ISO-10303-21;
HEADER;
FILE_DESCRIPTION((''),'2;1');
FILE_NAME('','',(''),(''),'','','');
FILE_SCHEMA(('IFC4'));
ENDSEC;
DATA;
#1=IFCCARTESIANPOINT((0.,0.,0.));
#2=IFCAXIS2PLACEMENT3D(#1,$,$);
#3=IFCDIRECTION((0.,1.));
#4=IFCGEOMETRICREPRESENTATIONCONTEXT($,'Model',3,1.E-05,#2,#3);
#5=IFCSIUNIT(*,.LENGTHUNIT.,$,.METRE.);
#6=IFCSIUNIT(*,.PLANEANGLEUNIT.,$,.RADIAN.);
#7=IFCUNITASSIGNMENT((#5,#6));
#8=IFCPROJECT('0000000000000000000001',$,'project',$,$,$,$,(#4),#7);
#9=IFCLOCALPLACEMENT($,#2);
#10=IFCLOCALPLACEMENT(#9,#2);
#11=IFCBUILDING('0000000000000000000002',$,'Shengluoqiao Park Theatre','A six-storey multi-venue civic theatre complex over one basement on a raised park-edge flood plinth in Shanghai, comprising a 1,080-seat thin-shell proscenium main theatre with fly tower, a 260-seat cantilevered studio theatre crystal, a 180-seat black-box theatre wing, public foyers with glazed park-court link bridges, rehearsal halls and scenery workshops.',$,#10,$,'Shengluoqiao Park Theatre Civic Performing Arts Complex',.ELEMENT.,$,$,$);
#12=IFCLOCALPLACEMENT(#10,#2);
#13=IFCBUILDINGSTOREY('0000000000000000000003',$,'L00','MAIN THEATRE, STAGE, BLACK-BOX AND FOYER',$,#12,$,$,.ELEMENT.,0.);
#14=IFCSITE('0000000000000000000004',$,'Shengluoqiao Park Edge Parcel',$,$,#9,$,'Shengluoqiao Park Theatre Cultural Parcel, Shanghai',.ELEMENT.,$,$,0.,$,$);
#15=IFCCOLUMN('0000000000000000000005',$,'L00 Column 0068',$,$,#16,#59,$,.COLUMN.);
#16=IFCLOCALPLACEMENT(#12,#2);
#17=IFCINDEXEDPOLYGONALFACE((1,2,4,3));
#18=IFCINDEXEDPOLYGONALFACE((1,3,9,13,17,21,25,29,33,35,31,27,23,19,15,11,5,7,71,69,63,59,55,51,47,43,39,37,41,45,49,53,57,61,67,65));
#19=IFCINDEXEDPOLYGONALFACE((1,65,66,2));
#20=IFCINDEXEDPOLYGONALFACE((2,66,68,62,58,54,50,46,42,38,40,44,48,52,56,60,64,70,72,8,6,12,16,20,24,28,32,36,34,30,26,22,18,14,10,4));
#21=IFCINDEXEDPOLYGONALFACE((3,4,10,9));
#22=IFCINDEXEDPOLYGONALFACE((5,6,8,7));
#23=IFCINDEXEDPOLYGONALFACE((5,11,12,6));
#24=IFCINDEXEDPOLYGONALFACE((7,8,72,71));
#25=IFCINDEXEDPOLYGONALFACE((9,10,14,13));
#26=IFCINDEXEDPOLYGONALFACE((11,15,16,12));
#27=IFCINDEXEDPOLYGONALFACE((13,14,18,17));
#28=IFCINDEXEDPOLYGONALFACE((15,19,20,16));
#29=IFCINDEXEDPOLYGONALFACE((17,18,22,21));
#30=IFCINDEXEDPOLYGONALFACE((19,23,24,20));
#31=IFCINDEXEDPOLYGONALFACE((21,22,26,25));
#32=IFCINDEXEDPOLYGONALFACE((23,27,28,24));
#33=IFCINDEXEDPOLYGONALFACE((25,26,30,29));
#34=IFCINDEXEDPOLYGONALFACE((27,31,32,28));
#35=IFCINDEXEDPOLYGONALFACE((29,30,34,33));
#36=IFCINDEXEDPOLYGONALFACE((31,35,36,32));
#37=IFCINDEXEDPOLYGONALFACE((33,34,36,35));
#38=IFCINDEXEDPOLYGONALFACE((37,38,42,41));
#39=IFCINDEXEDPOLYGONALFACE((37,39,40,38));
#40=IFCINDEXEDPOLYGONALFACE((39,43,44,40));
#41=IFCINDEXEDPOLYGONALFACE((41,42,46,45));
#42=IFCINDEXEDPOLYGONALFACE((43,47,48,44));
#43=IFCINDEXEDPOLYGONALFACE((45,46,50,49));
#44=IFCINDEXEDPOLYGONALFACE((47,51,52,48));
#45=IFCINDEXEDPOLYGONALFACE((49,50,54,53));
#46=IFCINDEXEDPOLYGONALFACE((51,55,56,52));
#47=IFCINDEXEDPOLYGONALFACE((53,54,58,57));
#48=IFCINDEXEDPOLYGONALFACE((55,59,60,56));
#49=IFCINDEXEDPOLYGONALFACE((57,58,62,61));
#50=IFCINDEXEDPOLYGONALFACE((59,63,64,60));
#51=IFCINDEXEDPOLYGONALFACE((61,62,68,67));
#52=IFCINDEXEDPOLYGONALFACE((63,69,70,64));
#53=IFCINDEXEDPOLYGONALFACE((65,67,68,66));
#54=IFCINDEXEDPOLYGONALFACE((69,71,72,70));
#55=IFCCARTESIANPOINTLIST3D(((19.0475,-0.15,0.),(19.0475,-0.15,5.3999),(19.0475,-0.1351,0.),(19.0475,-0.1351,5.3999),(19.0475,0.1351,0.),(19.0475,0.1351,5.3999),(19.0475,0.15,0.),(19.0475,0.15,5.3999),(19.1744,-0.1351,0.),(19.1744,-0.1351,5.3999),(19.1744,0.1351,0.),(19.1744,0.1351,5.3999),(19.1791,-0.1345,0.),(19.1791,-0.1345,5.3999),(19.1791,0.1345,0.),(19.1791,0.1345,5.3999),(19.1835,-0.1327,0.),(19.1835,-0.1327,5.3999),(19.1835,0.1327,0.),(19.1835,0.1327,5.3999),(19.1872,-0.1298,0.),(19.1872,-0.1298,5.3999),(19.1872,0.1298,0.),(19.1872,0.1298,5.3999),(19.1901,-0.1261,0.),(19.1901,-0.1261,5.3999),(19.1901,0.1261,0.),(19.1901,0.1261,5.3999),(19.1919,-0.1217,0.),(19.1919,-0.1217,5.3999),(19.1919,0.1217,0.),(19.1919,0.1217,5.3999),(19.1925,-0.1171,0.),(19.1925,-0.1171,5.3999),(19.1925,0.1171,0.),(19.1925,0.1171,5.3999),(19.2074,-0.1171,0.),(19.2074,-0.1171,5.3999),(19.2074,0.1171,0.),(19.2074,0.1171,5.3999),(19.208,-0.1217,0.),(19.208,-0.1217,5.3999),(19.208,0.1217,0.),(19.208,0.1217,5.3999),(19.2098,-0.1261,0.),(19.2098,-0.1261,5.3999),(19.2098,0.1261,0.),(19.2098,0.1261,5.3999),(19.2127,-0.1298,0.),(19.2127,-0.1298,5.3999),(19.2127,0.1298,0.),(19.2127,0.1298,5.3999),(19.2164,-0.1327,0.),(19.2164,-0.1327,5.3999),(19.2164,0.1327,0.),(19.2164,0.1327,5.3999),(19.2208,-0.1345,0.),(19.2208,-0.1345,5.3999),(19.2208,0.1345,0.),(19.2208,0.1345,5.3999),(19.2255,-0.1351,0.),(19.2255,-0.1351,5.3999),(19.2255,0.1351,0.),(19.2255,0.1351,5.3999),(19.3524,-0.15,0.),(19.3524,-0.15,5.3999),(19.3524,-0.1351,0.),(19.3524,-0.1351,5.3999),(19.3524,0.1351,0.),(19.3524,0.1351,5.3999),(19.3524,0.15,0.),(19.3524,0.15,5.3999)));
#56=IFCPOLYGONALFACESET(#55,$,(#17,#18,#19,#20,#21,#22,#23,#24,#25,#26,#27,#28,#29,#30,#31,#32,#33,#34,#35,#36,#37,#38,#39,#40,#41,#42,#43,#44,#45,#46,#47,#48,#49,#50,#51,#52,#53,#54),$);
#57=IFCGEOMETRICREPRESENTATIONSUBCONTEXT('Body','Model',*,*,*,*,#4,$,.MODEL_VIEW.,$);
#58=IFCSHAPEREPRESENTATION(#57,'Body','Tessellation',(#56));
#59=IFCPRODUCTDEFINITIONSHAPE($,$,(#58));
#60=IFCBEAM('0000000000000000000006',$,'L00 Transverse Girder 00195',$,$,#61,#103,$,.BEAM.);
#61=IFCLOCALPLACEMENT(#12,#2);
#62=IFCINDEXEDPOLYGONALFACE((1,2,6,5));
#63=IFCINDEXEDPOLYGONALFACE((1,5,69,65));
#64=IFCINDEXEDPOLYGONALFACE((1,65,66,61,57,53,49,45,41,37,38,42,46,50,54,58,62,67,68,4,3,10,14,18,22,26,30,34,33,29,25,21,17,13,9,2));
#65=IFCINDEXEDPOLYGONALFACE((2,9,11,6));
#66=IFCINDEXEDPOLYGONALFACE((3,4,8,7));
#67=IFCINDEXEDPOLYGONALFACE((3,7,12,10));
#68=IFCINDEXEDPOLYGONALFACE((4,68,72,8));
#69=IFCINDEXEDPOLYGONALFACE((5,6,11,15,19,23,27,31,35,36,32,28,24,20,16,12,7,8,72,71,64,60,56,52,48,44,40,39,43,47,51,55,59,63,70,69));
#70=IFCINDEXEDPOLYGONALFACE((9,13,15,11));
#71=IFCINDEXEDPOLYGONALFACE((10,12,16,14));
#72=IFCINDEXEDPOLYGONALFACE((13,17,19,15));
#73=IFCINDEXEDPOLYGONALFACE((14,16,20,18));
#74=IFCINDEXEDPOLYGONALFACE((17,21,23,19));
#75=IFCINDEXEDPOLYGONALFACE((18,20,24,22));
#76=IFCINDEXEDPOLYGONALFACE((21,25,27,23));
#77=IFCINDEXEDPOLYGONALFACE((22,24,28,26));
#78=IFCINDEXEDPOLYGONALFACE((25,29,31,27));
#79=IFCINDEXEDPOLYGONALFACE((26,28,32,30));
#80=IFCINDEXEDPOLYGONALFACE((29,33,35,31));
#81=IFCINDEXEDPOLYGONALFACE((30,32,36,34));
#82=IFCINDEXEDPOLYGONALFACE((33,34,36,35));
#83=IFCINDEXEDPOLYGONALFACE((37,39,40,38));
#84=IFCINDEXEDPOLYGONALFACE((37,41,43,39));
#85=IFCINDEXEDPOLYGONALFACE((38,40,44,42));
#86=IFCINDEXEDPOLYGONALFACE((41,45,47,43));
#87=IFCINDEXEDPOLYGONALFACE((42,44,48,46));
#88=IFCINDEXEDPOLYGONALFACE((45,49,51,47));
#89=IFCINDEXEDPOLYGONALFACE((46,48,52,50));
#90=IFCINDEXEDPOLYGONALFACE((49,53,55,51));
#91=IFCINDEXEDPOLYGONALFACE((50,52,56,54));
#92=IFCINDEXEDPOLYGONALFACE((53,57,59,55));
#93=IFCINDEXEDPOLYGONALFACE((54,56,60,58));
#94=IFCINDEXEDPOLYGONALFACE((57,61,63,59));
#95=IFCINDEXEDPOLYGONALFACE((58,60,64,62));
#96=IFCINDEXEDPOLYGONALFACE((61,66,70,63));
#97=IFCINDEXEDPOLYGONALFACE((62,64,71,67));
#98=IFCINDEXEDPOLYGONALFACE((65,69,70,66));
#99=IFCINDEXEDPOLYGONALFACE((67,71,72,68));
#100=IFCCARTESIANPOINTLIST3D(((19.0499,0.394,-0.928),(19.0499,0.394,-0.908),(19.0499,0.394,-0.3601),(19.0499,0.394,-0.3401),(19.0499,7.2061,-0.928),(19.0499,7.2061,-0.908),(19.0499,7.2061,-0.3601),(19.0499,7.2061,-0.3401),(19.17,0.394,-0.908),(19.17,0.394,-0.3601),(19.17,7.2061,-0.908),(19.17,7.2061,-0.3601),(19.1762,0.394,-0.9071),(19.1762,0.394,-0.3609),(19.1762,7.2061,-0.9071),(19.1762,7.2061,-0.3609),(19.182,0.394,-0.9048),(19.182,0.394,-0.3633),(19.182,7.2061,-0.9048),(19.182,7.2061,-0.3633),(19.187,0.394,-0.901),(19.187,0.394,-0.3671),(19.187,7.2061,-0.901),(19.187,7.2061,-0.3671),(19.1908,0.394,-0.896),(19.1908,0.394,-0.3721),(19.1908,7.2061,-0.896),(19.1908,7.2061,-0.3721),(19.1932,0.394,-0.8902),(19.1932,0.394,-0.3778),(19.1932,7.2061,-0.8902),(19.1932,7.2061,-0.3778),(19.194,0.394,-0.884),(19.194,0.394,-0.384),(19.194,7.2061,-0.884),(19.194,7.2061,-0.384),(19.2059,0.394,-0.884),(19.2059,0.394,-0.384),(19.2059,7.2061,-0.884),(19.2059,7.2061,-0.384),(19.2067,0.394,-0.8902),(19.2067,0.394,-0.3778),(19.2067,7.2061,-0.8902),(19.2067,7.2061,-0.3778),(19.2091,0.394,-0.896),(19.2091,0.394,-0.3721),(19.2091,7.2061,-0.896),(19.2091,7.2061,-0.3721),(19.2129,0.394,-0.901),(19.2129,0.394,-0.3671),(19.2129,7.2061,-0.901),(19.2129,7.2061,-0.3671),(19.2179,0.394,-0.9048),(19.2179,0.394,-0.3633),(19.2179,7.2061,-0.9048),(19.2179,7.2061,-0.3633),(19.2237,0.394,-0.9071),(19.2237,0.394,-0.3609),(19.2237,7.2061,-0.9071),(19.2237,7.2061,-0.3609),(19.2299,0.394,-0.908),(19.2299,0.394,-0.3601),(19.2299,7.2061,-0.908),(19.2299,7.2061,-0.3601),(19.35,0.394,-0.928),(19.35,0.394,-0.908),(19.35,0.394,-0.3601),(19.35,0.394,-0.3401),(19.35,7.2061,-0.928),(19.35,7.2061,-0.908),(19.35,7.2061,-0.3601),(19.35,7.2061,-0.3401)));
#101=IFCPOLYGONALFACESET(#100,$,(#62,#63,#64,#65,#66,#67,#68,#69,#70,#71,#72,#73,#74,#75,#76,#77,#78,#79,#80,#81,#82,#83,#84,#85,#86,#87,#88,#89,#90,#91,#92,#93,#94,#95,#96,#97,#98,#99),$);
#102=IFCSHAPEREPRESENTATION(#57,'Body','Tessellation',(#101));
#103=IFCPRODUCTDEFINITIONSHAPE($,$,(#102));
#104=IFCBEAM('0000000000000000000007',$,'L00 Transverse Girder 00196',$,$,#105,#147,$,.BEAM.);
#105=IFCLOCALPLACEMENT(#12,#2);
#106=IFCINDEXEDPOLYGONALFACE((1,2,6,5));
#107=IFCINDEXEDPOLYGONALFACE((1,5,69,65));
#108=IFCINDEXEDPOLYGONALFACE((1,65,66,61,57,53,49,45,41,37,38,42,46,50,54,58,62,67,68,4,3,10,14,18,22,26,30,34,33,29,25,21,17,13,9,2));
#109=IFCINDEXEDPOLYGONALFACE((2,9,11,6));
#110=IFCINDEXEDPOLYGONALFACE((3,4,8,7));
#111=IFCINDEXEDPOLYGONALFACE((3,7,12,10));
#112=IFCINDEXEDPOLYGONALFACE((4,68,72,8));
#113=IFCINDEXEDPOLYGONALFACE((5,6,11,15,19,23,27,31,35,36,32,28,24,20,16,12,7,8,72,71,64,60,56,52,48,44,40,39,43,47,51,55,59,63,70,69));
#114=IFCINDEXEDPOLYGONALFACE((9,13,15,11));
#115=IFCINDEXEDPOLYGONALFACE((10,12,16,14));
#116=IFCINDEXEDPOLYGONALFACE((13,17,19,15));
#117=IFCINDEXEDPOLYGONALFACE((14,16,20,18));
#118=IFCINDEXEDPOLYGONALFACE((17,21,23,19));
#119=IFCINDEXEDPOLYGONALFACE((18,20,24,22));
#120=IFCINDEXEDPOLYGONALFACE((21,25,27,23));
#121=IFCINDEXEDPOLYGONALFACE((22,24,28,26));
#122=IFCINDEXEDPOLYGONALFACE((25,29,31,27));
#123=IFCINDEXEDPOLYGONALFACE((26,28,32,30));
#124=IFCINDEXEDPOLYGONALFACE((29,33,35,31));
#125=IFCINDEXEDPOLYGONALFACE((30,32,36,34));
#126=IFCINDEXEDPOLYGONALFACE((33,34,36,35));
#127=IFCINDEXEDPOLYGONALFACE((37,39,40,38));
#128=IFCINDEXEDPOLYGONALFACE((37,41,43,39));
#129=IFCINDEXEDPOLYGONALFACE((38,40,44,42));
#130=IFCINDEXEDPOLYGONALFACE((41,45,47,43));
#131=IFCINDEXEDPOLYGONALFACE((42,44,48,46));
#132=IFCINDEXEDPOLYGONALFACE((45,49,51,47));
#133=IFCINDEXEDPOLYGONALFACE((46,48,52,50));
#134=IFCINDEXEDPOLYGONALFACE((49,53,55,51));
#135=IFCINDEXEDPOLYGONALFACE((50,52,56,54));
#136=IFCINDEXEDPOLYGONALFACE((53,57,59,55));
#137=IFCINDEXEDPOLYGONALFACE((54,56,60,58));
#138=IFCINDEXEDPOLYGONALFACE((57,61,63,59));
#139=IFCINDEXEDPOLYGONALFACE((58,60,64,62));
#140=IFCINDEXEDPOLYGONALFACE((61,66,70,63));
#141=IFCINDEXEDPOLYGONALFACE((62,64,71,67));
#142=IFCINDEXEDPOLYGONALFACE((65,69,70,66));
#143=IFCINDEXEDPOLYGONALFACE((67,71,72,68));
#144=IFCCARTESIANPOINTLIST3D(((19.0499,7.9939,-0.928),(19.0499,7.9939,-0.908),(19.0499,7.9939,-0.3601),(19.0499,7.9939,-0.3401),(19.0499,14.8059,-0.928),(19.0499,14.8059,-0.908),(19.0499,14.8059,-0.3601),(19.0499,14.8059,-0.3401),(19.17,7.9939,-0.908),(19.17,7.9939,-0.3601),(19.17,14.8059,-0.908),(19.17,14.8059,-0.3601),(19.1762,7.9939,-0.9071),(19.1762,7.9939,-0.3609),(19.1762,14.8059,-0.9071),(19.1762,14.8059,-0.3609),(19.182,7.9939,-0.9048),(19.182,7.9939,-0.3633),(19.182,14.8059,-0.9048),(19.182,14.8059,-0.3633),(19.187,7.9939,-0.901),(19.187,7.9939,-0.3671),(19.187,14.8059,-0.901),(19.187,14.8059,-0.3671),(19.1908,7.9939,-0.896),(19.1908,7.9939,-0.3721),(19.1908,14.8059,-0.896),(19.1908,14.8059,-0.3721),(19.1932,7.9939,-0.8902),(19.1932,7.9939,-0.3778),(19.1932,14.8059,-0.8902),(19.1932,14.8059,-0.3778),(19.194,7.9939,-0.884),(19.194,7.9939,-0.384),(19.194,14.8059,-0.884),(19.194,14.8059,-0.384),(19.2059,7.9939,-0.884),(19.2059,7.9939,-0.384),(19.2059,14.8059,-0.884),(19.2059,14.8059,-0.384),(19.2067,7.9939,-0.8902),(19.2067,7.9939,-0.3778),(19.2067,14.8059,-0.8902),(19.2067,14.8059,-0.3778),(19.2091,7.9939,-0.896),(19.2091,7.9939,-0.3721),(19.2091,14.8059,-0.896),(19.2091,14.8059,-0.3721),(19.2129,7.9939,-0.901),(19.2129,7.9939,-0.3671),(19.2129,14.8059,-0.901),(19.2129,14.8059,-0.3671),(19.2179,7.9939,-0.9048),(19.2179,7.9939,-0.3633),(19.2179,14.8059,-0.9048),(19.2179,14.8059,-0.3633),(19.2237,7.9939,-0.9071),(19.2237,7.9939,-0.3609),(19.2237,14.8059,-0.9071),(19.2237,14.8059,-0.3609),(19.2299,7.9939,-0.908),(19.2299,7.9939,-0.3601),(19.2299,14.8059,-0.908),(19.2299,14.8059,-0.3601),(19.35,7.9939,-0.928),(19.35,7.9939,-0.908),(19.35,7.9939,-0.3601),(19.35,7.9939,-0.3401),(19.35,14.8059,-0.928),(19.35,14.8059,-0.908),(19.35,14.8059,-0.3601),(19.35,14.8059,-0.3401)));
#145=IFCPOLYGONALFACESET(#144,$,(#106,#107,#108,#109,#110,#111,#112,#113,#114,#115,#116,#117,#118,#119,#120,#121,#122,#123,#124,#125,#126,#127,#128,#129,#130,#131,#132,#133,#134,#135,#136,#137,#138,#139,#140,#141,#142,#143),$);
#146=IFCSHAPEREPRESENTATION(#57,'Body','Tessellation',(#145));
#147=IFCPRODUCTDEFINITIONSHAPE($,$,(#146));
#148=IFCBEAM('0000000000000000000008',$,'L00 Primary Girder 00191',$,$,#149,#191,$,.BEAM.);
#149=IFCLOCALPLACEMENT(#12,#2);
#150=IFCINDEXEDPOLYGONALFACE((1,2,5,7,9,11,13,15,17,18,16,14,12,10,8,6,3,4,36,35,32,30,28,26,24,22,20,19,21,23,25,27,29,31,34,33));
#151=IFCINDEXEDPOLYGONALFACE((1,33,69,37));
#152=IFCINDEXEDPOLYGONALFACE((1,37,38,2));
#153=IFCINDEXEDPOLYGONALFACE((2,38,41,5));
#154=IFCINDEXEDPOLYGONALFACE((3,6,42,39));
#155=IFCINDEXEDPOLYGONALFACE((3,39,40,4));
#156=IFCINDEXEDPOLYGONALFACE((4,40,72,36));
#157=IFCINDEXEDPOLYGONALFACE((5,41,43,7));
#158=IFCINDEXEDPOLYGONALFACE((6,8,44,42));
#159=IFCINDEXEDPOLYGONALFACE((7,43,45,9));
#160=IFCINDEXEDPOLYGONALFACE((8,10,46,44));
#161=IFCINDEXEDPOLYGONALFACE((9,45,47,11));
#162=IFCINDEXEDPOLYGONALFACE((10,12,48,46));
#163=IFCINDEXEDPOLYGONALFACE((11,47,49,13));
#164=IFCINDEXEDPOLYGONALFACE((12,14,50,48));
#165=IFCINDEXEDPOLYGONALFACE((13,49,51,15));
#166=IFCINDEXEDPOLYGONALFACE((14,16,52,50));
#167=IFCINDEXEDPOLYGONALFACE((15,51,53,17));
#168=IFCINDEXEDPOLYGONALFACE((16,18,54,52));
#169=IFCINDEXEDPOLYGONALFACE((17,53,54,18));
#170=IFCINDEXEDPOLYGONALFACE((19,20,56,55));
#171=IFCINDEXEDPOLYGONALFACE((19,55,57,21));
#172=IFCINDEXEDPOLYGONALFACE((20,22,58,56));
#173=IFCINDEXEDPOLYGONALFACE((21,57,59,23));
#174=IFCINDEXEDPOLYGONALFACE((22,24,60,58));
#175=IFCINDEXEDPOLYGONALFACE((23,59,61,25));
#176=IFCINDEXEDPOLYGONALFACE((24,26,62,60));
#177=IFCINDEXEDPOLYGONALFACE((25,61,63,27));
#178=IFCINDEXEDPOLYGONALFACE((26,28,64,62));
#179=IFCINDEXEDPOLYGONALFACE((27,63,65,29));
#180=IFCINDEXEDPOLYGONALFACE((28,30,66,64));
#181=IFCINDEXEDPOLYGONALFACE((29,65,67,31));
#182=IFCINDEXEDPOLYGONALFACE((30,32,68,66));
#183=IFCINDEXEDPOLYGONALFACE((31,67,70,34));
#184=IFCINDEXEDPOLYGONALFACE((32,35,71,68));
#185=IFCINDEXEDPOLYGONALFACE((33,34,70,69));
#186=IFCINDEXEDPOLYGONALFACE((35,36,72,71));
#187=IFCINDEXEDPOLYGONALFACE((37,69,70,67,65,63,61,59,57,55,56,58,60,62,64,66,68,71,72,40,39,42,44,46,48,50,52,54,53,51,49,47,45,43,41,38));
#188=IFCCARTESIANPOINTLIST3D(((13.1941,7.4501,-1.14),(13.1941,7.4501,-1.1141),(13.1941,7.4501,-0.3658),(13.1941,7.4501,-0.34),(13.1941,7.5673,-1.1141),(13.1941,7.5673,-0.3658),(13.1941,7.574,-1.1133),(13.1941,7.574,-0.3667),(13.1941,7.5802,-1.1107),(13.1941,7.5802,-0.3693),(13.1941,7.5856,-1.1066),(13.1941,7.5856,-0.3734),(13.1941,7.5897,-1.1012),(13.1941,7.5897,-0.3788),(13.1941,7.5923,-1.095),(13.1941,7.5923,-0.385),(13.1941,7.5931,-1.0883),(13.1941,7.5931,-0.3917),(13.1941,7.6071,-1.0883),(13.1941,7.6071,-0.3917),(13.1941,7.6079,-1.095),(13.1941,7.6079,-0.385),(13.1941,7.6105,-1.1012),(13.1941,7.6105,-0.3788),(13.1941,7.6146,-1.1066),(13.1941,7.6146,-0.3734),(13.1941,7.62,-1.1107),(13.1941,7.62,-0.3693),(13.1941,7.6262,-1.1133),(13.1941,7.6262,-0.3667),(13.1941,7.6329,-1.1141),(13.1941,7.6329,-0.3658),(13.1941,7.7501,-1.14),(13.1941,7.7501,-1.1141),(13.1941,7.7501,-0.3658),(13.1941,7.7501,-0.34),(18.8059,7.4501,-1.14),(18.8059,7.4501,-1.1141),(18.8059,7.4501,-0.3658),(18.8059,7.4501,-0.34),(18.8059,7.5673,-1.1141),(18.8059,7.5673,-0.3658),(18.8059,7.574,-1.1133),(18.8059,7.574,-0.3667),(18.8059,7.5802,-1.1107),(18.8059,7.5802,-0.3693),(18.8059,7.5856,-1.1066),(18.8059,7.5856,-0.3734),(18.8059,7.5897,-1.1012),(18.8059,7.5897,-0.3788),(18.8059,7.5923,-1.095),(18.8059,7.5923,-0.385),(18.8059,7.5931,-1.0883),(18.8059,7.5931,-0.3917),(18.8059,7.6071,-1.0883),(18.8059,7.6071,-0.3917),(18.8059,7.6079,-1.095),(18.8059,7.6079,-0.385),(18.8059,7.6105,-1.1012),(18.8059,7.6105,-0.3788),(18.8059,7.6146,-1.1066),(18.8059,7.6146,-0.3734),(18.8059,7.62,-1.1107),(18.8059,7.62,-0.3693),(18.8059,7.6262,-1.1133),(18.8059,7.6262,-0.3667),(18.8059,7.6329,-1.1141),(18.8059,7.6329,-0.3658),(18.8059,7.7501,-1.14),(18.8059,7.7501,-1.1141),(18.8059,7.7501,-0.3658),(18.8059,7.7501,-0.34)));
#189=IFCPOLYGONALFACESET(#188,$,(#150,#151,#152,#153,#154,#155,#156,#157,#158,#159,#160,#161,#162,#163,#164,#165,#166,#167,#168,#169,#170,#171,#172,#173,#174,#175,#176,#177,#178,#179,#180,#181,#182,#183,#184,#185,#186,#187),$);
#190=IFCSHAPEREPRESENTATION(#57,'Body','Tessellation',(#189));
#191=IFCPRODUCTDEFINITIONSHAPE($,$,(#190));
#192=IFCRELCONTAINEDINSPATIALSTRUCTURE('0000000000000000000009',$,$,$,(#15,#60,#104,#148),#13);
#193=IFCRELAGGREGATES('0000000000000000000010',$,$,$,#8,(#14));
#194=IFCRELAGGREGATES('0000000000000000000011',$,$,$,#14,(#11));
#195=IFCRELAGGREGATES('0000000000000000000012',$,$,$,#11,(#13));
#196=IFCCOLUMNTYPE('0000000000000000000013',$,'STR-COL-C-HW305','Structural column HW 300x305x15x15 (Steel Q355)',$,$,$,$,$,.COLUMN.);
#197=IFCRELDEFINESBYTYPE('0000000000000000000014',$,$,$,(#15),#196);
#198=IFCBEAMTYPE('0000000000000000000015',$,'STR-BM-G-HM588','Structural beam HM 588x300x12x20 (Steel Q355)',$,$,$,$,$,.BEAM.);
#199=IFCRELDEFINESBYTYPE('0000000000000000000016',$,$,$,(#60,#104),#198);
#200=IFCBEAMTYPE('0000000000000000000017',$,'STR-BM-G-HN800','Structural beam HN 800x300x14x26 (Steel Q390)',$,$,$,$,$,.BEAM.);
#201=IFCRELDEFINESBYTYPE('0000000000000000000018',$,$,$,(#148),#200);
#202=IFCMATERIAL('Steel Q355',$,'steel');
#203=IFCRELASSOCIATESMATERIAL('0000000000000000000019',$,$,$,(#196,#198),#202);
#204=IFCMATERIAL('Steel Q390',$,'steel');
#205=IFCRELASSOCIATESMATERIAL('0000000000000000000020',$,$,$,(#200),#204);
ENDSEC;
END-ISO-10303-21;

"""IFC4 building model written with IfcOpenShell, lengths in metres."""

from ifc_helpers import new_model, si_unit, direction, frame, origin, origin_2d, place, context, subcontext, project, spatial, i_section, extrude, material, material_profile, profile_set, type_object, element, save


model = new_model("IFC4")

# Units and contexts
model_context = context("Model", 3, precision=1e-05, world=origin(), true_north=direction((0.0, 1.0)))
body_context = subcontext(model_context, "Body", "Model", "MODEL_VIEW")
ifc_project = project(units=[si_unit("LENGTHUNIT", "METRE"), si_unit("PLANEANGLEUNIT", "RADIAN")], contexts=[model_context])

# Site, building, storey
site_placement = place(None, origin())
site = spatial("IfcSite", under=ifc_project, at=site_placement, Name="Shengluoqiao Park Edge Parcel", LongName="Shengluoqiao Park Theatre Cultural Parcel, Shanghai", CompositionType="ELEMENT", RefElevation=0.0)
building_placement = place(site_placement, origin())
building = spatial("IfcBuilding", under=site, at=building_placement, Name="Shengluoqiao Park Theatre", Description="A six-storey multi-venue civic theatre complex over one basement on a raised park-edge flood plinth in Shanghai, comprising a 1,080-seat thin-shell proscenium main theatre with fly tower, a 260-seat cantilevered studio theatre crystal, a 180-seat black-box theatre wing, public foyers with glazed park-court link bridges, rehearsal halls and scenery workshops.", LongName="Shengluoqiao Park Theatre Civic Performing Arts Complex", CompositionType="ELEMENT")
storey_placement = place(building_placement, origin())
storey = spatial("IfcBuildingStorey", under=building, at=storey_placement, Name="L00", Description="MAIN THEATRE, STAGE, BLACK-BOX AND FOYER", CompositionType="ELEMENT", Elevation=0.0)

# Column
ifc_material_1 = material(Name="Steel Q355", Category="steel")
ifc_material_profile_1 = material_profile(ifc_material_1, i_section(OverallWidth=0.3049, OverallDepth=0.3, WebThickness=0.0149, FlangeThickness=0.0149, FilletRadius=0.0181, at=origin_2d()), Name="HW 300x305x15x15")
ifc_profile_set_1 = profile_set([ifc_material_profile_1], Name="Steel Q355")
column_type = type_object("IfcColumnType", Name="STR-COL-C-HW305", Description="Structural column HW 300x305x15x15 (Steel Q355)", PredefinedType="COLUMN", material=ifc_profile_set_1)
for number, where, z_axis, x_axis, name in (
    (1, (19.2, 0.0, 0.0), (0.0, 0.0, 1.0), (1.0, 0.0, 0.0), "L00 Column 0068"),
):
    element("IfcColumn", number, at=place(storey_placement, frame(where, z_axis=z_axis, x_axis=x_axis)), inside=storey, type_object=column_type, Name=name, PredefinedType="COLUMN", context=body_context, shape_type="SweptSolid", body=[
        extrude(i_section(OverallWidth=0.3049, OverallDepth=0.3, WebThickness=0.0149, FlangeThickness=0.0149, FilletRadius=0.0181, at=origin_2d()), origin(), (0.0, 0.0, 1.0), 5.3999),
    ])

# Beams
ifc_material_profile_2 = material_profile(ifc_material_1, i_section(OverallWidth=0.3, OverallDepth=0.5879, WebThickness=0.012, FlangeThickness=0.02, FilletRadius=0.0239, at=origin_2d()), Name="HM 588x300x12x20")
ifc_profile_set_2 = profile_set([ifc_material_profile_2], Name="Steel Q355")
beam_type_1 = type_object("IfcBeamType", Name="STR-BM-G-HM588", Description="Structural beam HM 588x300x12x20 (Steel Q355)", PredefinedType="BEAM", material=ifc_profile_set_2)
for number, where, z_axis, x_axis, name in (
    (2, (19.2, 0.394, -0.634), (0.0, 1.0, 0.0), (-1.0, 0.0, 0.0), "L00 Transverse Girder 00195"),
    (3, (19.2, 7.9939, -0.634), (0.0, 1.0, 0.0), (-1.0, 0.0, 0.0), "L00 Transverse Girder 00196"),
):
    element("IfcBeam", number, at=place(storey_placement, frame(where, z_axis=z_axis, x_axis=x_axis)), inside=storey, type_object=beam_type_1, Name=name, PredefinedType="BEAM", context=body_context, shape_type="SweptSolid", body=[
        extrude(i_section(OverallWidth=0.3, OverallDepth=0.5879, WebThickness=0.012, FlangeThickness=0.02, FilletRadius=0.0239, at=origin_2d()), origin(), (0.0, 0.0, 1.0), 6.812),
    ])
ifc_material_2 = material(Name="Steel Q390", Category="steel")
ifc_material_profile_3 = material_profile(ifc_material_2, i_section(OverallWidth=0.3, OverallDepth=0.8, WebThickness=0.0139, FlangeThickness=0.0259, FilletRadius=0.0259, at=origin_2d()), Name="HN 800x300x14x26")
ifc_profile_set_3 = profile_set([ifc_material_profile_3], Name="Steel Q390")
beam_type_2 = type_object("IfcBeamType", Name="STR-BM-G-HN800", Description="Structural beam HN 800x300x14x26 (Steel Q390)", PredefinedType="BEAM", material=ifc_profile_set_3)
for number, where, z_axis, x_axis, name in (
    (4, (13.1941, 7.6001, -0.74), (1.0, 0.0, 0.0), (0.0, 1.0, 0.0), "L00 Primary Girder 00191"),
):
    element("IfcBeam", number, at=place(storey_placement, frame(where, z_axis=z_axis, x_axis=x_axis)), inside=storey, type_object=beam_type_2, Name=name, PredefinedType="BEAM", context=body_context, shape_type="SweptSolid", body=[
        extrude(i_section(OverallWidth=0.3, OverallDepth=0.8, WebThickness=0.0139, FlangeThickness=0.0259, FilletRadius=0.0259, at=origin_2d()), origin(), (0.0, 0.0, 1.0), 5.6118),
    ])

save(model, "model.ifc")
